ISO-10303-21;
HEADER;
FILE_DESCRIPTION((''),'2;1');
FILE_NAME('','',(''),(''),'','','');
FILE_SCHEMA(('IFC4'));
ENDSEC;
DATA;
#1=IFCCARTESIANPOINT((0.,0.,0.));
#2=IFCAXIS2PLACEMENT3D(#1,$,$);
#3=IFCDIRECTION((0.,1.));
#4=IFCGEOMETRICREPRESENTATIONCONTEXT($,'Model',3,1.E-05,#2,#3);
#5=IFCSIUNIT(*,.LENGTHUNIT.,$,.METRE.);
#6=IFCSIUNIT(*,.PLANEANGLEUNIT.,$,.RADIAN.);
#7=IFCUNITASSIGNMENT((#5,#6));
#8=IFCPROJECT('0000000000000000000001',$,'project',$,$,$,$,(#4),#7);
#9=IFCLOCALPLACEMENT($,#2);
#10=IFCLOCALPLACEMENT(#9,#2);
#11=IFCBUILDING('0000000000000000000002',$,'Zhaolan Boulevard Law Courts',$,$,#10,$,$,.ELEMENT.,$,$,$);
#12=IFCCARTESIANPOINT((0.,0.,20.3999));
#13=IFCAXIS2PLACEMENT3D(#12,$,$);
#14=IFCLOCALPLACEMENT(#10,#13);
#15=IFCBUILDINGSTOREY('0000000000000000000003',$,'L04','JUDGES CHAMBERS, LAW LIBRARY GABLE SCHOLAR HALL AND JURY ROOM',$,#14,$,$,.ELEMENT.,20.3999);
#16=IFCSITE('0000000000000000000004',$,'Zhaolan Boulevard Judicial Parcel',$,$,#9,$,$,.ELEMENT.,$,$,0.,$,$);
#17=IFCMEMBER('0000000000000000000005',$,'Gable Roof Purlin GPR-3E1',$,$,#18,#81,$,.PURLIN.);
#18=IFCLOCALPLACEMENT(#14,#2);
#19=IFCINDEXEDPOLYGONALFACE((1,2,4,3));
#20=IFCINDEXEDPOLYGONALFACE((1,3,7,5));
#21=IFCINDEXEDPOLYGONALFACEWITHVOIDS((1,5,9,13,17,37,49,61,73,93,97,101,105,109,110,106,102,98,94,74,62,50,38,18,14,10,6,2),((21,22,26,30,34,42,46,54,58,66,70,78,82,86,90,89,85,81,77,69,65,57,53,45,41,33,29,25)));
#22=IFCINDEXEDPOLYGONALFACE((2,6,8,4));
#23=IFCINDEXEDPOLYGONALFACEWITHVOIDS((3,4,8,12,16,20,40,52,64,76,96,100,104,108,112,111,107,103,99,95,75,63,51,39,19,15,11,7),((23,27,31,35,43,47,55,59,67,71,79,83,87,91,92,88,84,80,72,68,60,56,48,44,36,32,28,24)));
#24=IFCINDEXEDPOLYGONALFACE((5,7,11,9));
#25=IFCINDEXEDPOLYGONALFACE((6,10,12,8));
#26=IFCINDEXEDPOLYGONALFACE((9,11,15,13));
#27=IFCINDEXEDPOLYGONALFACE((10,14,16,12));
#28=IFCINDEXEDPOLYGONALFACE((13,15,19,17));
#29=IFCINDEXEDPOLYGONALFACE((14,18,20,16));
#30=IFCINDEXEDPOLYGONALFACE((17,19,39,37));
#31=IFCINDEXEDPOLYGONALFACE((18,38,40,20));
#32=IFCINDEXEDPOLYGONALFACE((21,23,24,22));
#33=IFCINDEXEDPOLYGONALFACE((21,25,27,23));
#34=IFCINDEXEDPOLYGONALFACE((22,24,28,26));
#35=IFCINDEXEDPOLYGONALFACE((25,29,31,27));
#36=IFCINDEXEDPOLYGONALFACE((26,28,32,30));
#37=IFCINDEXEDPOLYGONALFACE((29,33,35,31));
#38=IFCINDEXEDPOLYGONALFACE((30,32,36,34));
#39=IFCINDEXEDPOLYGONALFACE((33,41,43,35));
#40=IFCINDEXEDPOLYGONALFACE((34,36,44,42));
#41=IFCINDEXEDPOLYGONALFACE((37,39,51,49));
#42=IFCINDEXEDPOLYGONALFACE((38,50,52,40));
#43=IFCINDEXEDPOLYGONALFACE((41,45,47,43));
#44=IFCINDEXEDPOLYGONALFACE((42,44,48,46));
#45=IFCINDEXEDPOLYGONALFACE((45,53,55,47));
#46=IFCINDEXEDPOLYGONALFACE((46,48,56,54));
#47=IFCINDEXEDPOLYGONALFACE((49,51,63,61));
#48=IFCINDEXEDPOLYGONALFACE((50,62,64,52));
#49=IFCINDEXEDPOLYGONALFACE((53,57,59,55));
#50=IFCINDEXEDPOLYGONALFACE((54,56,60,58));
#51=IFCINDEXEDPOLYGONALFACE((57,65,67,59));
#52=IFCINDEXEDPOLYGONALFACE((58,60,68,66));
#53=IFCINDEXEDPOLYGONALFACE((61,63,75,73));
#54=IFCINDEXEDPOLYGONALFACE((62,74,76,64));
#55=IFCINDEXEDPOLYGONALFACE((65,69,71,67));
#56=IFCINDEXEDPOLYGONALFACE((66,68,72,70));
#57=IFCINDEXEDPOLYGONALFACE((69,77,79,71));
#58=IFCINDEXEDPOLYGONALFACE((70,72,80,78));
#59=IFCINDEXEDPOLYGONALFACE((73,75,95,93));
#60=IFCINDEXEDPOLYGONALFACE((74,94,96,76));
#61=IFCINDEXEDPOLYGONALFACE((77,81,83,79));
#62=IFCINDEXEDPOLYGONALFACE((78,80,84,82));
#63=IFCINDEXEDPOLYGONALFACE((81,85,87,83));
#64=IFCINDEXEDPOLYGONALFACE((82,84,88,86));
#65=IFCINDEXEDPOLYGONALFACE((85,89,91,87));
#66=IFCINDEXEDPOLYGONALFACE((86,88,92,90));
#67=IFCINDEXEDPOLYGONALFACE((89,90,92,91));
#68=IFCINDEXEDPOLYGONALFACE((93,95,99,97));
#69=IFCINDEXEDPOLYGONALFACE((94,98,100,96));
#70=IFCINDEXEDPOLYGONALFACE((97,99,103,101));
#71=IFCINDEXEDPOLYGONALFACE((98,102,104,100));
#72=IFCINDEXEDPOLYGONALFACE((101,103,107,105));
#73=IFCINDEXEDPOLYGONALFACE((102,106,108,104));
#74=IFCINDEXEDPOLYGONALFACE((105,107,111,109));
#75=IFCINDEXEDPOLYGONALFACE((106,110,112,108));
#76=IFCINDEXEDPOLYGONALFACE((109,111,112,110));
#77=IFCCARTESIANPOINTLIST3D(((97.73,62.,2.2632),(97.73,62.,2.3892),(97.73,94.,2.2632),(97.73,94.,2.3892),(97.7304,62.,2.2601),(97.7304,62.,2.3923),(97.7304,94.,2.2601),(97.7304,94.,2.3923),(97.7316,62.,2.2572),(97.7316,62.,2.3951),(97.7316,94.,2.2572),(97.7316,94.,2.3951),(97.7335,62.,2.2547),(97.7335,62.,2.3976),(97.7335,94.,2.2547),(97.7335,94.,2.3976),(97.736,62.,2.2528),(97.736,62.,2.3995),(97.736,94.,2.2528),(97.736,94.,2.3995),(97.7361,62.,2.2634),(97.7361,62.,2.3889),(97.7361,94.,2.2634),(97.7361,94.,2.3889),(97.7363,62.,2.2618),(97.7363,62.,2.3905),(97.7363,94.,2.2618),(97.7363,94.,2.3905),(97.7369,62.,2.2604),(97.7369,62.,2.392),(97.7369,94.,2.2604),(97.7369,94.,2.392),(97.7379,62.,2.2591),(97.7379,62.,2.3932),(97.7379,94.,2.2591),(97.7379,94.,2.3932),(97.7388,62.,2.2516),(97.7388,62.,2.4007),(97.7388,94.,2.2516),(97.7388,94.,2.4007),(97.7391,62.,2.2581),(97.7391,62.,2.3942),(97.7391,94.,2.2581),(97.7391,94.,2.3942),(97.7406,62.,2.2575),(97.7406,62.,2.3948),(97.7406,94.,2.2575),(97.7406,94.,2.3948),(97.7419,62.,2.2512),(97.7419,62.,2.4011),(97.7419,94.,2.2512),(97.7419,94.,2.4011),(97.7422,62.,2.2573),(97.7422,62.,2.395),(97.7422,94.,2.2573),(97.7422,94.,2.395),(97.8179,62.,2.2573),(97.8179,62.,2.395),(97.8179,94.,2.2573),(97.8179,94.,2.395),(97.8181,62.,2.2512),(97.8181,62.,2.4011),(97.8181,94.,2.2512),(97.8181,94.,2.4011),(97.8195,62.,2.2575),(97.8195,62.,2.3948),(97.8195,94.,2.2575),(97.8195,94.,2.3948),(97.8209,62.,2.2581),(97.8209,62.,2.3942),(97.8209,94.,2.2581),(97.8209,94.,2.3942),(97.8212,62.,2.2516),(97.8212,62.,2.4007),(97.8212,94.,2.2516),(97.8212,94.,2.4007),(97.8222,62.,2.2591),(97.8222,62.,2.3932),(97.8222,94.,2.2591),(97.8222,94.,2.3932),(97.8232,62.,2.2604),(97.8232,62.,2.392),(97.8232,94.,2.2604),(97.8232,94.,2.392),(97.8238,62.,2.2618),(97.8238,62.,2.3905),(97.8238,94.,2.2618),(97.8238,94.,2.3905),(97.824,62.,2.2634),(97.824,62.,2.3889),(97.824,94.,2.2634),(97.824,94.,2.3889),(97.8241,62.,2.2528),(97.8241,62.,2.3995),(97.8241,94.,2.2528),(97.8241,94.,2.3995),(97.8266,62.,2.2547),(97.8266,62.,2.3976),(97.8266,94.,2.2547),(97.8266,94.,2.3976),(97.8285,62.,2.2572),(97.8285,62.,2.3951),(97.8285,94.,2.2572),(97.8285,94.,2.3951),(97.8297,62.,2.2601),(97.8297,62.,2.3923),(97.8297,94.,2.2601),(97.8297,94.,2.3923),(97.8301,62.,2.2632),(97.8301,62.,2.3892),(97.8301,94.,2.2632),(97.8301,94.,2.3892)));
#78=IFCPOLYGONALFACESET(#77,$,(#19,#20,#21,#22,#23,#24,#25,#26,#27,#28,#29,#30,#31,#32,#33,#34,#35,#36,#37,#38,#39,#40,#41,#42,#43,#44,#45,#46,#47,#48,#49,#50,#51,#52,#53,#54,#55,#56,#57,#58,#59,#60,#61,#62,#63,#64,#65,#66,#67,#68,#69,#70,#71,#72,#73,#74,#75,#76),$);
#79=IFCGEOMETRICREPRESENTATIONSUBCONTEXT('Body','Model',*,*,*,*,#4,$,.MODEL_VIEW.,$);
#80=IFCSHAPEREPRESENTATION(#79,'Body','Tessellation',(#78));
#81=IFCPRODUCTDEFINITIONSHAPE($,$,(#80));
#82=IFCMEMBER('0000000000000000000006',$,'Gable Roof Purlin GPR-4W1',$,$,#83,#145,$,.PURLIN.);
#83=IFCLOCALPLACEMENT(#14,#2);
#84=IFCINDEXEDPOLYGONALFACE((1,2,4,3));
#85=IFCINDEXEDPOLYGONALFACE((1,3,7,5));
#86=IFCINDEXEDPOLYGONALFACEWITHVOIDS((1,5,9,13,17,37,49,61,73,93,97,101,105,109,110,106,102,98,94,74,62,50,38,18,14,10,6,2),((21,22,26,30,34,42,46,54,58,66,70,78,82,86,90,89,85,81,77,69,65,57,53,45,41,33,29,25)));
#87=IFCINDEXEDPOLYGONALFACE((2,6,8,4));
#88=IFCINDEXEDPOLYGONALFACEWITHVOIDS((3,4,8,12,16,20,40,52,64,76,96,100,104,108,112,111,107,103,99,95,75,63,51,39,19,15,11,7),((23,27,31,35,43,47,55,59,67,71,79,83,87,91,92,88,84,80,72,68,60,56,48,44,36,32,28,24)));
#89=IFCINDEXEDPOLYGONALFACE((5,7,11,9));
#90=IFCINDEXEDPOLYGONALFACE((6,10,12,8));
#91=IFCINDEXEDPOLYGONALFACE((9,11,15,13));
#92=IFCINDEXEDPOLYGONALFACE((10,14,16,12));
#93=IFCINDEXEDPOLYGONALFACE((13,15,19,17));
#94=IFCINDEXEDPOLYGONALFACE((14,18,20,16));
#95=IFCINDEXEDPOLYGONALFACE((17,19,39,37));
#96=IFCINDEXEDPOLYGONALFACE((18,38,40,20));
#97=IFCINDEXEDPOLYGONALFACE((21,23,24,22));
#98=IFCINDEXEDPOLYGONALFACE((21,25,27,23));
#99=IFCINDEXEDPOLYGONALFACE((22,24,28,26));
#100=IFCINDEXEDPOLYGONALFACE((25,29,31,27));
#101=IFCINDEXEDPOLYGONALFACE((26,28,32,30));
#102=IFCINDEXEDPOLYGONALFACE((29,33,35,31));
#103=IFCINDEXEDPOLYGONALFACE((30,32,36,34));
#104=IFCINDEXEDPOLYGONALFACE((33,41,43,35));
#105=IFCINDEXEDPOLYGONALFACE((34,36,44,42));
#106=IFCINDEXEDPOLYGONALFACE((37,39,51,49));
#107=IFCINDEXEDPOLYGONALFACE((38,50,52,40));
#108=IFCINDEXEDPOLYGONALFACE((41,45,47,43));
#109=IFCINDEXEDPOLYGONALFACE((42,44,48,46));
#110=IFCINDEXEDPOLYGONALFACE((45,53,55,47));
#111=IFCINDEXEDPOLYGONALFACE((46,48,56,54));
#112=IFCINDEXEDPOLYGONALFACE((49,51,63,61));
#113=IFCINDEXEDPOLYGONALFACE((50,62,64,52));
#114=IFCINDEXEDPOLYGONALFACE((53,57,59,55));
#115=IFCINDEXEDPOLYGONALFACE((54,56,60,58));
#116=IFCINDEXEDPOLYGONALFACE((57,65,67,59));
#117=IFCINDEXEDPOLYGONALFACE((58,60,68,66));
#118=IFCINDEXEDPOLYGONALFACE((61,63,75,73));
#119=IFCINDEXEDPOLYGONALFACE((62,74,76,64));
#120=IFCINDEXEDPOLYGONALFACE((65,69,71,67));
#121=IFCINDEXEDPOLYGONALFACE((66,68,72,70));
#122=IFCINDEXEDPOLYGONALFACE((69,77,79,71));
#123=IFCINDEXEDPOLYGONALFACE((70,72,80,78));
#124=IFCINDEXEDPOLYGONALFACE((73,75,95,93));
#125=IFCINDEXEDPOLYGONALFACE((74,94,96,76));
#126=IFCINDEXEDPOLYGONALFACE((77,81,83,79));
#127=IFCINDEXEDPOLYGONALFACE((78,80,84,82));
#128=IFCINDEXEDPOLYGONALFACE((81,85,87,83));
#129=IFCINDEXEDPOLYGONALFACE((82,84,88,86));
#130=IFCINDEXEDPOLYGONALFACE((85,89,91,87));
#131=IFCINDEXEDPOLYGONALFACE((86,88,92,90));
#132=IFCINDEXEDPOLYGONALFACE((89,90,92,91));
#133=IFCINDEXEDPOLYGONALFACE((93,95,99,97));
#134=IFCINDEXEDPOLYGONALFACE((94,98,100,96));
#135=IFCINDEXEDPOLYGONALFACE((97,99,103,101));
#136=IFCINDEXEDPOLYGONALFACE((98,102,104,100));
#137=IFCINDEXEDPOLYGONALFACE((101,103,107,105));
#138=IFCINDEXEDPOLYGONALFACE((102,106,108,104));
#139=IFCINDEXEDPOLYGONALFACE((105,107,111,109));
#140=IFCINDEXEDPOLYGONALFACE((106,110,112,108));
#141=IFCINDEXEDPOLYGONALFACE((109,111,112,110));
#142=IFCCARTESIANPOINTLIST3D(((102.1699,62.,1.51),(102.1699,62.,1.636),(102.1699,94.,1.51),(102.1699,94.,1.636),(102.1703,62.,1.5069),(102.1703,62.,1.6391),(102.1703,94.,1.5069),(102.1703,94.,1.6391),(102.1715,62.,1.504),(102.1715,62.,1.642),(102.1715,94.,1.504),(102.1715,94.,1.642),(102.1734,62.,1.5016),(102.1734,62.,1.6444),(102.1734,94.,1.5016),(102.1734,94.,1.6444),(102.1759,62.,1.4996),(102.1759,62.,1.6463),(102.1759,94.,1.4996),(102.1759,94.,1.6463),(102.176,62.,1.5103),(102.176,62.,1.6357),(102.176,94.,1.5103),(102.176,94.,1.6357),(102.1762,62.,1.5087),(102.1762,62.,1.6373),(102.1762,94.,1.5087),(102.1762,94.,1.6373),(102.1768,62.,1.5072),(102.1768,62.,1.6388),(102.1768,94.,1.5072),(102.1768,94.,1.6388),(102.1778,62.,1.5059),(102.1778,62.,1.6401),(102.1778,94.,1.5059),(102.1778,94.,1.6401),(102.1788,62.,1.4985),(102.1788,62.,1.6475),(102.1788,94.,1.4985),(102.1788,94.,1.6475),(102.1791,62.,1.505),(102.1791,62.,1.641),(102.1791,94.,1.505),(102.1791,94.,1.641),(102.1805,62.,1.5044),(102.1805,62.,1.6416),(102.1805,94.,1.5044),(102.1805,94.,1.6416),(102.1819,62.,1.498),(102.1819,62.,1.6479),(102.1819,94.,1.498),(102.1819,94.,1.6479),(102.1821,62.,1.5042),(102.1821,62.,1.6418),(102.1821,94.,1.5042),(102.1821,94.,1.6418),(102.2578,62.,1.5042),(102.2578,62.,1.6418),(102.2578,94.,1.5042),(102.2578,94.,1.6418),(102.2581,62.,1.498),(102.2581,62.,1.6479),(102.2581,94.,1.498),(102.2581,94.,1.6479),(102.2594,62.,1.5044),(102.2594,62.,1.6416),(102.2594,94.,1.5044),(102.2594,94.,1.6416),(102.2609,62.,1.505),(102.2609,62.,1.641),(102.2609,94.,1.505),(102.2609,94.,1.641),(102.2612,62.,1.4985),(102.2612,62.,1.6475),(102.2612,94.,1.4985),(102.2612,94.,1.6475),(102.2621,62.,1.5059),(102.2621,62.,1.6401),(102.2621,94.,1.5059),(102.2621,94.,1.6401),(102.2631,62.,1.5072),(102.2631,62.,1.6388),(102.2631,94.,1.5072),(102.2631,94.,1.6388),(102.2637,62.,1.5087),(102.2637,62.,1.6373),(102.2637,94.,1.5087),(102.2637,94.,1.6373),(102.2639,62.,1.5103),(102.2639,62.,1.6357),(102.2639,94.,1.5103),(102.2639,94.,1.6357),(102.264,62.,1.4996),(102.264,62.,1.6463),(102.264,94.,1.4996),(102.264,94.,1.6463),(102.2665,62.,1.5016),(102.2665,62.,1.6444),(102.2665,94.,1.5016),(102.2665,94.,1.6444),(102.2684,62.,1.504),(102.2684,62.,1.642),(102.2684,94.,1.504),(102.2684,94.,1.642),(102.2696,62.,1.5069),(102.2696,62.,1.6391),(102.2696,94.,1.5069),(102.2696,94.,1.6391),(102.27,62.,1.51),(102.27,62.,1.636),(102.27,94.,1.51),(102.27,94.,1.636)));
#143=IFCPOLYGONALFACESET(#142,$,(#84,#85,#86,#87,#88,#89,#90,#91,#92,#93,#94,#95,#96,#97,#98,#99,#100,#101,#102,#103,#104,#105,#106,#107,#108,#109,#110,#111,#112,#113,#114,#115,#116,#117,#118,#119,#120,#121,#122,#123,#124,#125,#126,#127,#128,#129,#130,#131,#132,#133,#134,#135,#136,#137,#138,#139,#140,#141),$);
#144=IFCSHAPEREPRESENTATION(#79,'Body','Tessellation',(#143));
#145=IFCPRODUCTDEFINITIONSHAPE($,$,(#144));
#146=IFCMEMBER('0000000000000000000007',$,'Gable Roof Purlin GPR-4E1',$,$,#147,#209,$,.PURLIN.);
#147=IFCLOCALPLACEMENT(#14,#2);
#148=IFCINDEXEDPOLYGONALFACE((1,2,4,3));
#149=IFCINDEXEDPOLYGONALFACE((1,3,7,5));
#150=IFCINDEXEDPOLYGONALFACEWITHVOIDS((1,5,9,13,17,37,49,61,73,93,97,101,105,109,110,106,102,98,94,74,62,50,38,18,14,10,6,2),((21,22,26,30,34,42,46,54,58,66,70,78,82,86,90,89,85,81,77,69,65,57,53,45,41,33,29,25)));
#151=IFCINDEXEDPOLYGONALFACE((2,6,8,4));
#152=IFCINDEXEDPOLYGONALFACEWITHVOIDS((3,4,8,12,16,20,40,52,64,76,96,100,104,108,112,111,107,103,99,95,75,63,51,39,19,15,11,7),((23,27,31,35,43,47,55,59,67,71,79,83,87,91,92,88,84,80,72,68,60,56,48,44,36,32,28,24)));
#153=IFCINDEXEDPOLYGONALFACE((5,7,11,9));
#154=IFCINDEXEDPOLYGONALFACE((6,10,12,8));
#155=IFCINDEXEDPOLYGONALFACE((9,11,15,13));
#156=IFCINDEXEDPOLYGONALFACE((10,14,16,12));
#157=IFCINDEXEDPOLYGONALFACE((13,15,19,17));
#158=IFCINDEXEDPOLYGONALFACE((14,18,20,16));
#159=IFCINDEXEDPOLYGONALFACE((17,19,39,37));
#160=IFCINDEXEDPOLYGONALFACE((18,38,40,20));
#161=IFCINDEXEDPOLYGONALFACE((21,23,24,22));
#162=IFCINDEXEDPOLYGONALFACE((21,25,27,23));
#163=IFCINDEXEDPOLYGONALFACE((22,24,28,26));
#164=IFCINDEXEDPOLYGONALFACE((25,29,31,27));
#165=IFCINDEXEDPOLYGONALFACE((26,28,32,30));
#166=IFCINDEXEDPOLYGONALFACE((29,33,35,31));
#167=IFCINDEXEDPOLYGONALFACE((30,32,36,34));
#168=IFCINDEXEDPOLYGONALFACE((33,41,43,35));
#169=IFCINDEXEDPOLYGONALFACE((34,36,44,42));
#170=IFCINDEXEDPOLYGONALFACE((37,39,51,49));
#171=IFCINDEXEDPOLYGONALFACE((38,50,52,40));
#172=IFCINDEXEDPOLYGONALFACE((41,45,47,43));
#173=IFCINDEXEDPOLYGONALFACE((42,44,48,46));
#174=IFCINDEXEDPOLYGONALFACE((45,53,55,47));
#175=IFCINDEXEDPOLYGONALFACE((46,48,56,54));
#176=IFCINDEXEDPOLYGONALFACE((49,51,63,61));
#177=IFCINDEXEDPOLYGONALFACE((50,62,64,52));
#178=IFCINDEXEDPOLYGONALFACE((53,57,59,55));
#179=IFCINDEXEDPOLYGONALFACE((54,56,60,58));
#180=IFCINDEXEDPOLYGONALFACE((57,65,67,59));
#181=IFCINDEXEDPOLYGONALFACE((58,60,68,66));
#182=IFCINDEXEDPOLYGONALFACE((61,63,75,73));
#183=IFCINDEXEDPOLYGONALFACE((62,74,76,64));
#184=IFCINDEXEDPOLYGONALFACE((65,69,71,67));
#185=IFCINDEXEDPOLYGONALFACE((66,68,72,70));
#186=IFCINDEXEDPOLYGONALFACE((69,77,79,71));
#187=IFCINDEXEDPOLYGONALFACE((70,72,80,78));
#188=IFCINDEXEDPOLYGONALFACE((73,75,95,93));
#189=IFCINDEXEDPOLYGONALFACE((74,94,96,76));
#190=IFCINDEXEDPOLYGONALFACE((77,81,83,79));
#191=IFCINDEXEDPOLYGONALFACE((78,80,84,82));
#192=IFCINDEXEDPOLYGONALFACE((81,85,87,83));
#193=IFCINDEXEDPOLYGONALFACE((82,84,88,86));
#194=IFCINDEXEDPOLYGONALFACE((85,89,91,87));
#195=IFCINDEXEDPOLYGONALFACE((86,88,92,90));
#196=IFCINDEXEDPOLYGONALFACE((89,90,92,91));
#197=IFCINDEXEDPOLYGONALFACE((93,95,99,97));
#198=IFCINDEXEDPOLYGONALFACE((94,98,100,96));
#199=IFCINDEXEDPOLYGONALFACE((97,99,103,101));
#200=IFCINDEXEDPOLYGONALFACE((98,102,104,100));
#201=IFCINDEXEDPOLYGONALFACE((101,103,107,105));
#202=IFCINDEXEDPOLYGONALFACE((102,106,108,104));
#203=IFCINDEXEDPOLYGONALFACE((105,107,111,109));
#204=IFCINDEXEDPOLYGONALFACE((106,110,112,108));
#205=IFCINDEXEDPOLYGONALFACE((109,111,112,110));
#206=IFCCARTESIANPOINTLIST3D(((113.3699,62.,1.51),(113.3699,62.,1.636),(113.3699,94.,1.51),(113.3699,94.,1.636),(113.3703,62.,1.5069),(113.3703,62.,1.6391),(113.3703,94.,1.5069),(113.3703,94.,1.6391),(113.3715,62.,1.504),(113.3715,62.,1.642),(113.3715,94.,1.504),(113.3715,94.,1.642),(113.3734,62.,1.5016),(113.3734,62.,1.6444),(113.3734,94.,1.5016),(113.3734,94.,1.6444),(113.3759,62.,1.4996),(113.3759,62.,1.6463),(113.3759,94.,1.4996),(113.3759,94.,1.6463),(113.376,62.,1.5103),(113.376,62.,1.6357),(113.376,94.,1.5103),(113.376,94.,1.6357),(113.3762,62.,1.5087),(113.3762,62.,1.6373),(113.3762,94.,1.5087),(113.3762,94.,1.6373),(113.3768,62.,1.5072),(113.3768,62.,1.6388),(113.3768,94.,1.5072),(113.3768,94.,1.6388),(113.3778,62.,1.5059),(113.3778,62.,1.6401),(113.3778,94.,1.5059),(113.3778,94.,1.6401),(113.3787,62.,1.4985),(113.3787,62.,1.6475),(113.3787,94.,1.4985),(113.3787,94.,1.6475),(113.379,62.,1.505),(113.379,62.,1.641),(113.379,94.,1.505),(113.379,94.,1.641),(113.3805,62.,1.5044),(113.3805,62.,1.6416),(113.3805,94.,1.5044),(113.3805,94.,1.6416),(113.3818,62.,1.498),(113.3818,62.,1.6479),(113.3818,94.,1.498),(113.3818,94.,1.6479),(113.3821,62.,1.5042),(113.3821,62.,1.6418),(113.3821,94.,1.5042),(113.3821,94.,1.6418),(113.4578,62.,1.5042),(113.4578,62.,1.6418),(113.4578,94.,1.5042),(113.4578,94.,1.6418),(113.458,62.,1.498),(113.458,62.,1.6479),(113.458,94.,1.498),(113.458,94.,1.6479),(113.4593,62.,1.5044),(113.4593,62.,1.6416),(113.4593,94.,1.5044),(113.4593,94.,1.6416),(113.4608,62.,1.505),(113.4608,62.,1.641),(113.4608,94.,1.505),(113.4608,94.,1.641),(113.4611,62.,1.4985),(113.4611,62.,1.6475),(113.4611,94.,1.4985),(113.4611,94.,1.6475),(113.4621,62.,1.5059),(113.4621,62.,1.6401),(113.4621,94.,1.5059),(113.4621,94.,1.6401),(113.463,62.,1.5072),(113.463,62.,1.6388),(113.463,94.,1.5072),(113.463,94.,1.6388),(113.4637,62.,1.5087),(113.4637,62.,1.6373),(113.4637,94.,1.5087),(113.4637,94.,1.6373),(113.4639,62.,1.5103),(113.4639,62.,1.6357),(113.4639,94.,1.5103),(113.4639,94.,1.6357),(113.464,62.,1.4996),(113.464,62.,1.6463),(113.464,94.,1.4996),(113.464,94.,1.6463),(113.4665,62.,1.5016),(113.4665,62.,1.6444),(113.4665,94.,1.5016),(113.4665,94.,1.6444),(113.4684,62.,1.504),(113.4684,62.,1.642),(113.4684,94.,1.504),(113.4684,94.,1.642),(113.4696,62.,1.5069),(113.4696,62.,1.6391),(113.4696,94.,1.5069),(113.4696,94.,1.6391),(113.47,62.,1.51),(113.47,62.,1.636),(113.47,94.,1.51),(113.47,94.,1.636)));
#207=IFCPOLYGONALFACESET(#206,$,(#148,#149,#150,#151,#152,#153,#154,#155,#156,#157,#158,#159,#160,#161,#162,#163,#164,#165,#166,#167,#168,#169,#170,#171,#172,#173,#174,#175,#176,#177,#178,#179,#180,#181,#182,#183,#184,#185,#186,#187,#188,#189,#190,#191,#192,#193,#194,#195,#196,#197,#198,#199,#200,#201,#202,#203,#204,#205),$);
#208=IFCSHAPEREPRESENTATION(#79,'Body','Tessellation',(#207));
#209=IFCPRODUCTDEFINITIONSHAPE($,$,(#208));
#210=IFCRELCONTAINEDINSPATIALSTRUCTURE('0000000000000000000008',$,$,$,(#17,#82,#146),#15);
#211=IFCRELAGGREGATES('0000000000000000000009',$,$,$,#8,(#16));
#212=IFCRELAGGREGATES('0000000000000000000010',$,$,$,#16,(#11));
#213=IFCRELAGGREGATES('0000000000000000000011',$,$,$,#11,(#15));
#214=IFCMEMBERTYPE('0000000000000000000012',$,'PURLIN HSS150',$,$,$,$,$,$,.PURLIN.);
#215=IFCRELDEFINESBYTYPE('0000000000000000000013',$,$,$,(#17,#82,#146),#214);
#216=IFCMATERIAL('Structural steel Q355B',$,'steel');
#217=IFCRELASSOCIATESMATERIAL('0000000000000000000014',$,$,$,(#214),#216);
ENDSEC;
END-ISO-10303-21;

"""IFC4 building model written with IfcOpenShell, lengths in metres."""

from ifc_helpers import new_model, si_unit, direction, frame, origin, origin_2d, place, context, subcontext, project, spatial, hollow_rectangle, extrude, material, material_profile, profile_set, type_object, element, save


model = new_model("IFC4")

# Units and contexts
model_context = context("Model", 3, precision=1e-05, world=origin(), true_north=direction((0.0, 1.0)))
body_context = subcontext(model_context, "Body", "Model", "MODEL_VIEW")
ifc_project = project(units=[si_unit("LENGTHUNIT", "METRE"), si_unit("PLANEANGLEUNIT", "RADIAN")], contexts=[model_context])

# Site, building, storey
site_placement = place(None, origin())
site = spatial("IfcSite", under=ifc_project, at=site_placement, Name="Zhaolan Boulevard Judicial Parcel", CompositionType="ELEMENT", RefElevation=0.0)
building_placement = place(site_placement, origin())
building = spatial("IfcBuilding", under=site, at=building_placement, Name="Zhaolan Boulevard Law Courts", CompositionType="ELEMENT")
storey_placement = place(building_placement, frame((0.0, 0.0, 20.3999)))
storey = spatial("IfcBuildingStorey", under=building, at=storey_placement, Name="L04", Description="JUDGES CHAMBERS, LAW LIBRARY GABLE SCHOLAR HALL AND JURY ROOM", CompositionType="ELEMENT", Elevation=20.3999)

# Members
ifc_material_1 = material(Name="Structural steel Q355B", Category="steel")
ifc_material_profile_1 = material_profile(ifc_material_1, hollow_rectangle(XDim=0.1001, YDim=0.1499, WallThickness=0.0061, InnerFilletRadius=0.0061, OuterFilletRadius=0.012, at=origin_2d()), Name="HSS150x100x6")
ifc_profile_set_1 = profile_set([ifc_material_profile_1], Name="Structural steel Q355B")
member_type_1 = type_object("IfcMemberType", Name="PURLIN HSS150", PredefinedType="PURLIN", material=ifc_profile_set_1)
for number, where, z_axis, x_axis, name in (
    (1, (97.78, 62.0, 2.3262), (0.0, 1.0, 0.0), (-1.0, 0.0, 0.0), "Gable Roof Purlin GPR-3E1"),
    (2, (102.22, 62.0, 1.573), (0.0, 1.0, 0.0), (-1.0, 0.0, 0.0), "Gable Roof Purlin GPR-4W1"),
    (3, (113.4199, 62.0, 1.573), (0.0, 1.0, 0.0), (-1.0, 0.0, 0.0), "Gable Roof Purlin GPR-4E1"),
):
    element("IfcMember", number, at=place(storey_placement, frame(where, z_axis=z_axis, x_axis=x_axis)), inside=storey, type_object=member_type_1, Name=name, PredefinedType="PURLIN", context=body_context, shape_type="SweptSolid", body=[
        extrude(hollow_rectangle(XDim=0.1001, YDim=0.1499, WallThickness=0.0061, InnerFilletRadius=0.0061, OuterFilletRadius=0.012, at=origin_2d()), origin(), (0.0, 0.0, 1.0), 32.0),
    ])

save(model, "model.ifc")
